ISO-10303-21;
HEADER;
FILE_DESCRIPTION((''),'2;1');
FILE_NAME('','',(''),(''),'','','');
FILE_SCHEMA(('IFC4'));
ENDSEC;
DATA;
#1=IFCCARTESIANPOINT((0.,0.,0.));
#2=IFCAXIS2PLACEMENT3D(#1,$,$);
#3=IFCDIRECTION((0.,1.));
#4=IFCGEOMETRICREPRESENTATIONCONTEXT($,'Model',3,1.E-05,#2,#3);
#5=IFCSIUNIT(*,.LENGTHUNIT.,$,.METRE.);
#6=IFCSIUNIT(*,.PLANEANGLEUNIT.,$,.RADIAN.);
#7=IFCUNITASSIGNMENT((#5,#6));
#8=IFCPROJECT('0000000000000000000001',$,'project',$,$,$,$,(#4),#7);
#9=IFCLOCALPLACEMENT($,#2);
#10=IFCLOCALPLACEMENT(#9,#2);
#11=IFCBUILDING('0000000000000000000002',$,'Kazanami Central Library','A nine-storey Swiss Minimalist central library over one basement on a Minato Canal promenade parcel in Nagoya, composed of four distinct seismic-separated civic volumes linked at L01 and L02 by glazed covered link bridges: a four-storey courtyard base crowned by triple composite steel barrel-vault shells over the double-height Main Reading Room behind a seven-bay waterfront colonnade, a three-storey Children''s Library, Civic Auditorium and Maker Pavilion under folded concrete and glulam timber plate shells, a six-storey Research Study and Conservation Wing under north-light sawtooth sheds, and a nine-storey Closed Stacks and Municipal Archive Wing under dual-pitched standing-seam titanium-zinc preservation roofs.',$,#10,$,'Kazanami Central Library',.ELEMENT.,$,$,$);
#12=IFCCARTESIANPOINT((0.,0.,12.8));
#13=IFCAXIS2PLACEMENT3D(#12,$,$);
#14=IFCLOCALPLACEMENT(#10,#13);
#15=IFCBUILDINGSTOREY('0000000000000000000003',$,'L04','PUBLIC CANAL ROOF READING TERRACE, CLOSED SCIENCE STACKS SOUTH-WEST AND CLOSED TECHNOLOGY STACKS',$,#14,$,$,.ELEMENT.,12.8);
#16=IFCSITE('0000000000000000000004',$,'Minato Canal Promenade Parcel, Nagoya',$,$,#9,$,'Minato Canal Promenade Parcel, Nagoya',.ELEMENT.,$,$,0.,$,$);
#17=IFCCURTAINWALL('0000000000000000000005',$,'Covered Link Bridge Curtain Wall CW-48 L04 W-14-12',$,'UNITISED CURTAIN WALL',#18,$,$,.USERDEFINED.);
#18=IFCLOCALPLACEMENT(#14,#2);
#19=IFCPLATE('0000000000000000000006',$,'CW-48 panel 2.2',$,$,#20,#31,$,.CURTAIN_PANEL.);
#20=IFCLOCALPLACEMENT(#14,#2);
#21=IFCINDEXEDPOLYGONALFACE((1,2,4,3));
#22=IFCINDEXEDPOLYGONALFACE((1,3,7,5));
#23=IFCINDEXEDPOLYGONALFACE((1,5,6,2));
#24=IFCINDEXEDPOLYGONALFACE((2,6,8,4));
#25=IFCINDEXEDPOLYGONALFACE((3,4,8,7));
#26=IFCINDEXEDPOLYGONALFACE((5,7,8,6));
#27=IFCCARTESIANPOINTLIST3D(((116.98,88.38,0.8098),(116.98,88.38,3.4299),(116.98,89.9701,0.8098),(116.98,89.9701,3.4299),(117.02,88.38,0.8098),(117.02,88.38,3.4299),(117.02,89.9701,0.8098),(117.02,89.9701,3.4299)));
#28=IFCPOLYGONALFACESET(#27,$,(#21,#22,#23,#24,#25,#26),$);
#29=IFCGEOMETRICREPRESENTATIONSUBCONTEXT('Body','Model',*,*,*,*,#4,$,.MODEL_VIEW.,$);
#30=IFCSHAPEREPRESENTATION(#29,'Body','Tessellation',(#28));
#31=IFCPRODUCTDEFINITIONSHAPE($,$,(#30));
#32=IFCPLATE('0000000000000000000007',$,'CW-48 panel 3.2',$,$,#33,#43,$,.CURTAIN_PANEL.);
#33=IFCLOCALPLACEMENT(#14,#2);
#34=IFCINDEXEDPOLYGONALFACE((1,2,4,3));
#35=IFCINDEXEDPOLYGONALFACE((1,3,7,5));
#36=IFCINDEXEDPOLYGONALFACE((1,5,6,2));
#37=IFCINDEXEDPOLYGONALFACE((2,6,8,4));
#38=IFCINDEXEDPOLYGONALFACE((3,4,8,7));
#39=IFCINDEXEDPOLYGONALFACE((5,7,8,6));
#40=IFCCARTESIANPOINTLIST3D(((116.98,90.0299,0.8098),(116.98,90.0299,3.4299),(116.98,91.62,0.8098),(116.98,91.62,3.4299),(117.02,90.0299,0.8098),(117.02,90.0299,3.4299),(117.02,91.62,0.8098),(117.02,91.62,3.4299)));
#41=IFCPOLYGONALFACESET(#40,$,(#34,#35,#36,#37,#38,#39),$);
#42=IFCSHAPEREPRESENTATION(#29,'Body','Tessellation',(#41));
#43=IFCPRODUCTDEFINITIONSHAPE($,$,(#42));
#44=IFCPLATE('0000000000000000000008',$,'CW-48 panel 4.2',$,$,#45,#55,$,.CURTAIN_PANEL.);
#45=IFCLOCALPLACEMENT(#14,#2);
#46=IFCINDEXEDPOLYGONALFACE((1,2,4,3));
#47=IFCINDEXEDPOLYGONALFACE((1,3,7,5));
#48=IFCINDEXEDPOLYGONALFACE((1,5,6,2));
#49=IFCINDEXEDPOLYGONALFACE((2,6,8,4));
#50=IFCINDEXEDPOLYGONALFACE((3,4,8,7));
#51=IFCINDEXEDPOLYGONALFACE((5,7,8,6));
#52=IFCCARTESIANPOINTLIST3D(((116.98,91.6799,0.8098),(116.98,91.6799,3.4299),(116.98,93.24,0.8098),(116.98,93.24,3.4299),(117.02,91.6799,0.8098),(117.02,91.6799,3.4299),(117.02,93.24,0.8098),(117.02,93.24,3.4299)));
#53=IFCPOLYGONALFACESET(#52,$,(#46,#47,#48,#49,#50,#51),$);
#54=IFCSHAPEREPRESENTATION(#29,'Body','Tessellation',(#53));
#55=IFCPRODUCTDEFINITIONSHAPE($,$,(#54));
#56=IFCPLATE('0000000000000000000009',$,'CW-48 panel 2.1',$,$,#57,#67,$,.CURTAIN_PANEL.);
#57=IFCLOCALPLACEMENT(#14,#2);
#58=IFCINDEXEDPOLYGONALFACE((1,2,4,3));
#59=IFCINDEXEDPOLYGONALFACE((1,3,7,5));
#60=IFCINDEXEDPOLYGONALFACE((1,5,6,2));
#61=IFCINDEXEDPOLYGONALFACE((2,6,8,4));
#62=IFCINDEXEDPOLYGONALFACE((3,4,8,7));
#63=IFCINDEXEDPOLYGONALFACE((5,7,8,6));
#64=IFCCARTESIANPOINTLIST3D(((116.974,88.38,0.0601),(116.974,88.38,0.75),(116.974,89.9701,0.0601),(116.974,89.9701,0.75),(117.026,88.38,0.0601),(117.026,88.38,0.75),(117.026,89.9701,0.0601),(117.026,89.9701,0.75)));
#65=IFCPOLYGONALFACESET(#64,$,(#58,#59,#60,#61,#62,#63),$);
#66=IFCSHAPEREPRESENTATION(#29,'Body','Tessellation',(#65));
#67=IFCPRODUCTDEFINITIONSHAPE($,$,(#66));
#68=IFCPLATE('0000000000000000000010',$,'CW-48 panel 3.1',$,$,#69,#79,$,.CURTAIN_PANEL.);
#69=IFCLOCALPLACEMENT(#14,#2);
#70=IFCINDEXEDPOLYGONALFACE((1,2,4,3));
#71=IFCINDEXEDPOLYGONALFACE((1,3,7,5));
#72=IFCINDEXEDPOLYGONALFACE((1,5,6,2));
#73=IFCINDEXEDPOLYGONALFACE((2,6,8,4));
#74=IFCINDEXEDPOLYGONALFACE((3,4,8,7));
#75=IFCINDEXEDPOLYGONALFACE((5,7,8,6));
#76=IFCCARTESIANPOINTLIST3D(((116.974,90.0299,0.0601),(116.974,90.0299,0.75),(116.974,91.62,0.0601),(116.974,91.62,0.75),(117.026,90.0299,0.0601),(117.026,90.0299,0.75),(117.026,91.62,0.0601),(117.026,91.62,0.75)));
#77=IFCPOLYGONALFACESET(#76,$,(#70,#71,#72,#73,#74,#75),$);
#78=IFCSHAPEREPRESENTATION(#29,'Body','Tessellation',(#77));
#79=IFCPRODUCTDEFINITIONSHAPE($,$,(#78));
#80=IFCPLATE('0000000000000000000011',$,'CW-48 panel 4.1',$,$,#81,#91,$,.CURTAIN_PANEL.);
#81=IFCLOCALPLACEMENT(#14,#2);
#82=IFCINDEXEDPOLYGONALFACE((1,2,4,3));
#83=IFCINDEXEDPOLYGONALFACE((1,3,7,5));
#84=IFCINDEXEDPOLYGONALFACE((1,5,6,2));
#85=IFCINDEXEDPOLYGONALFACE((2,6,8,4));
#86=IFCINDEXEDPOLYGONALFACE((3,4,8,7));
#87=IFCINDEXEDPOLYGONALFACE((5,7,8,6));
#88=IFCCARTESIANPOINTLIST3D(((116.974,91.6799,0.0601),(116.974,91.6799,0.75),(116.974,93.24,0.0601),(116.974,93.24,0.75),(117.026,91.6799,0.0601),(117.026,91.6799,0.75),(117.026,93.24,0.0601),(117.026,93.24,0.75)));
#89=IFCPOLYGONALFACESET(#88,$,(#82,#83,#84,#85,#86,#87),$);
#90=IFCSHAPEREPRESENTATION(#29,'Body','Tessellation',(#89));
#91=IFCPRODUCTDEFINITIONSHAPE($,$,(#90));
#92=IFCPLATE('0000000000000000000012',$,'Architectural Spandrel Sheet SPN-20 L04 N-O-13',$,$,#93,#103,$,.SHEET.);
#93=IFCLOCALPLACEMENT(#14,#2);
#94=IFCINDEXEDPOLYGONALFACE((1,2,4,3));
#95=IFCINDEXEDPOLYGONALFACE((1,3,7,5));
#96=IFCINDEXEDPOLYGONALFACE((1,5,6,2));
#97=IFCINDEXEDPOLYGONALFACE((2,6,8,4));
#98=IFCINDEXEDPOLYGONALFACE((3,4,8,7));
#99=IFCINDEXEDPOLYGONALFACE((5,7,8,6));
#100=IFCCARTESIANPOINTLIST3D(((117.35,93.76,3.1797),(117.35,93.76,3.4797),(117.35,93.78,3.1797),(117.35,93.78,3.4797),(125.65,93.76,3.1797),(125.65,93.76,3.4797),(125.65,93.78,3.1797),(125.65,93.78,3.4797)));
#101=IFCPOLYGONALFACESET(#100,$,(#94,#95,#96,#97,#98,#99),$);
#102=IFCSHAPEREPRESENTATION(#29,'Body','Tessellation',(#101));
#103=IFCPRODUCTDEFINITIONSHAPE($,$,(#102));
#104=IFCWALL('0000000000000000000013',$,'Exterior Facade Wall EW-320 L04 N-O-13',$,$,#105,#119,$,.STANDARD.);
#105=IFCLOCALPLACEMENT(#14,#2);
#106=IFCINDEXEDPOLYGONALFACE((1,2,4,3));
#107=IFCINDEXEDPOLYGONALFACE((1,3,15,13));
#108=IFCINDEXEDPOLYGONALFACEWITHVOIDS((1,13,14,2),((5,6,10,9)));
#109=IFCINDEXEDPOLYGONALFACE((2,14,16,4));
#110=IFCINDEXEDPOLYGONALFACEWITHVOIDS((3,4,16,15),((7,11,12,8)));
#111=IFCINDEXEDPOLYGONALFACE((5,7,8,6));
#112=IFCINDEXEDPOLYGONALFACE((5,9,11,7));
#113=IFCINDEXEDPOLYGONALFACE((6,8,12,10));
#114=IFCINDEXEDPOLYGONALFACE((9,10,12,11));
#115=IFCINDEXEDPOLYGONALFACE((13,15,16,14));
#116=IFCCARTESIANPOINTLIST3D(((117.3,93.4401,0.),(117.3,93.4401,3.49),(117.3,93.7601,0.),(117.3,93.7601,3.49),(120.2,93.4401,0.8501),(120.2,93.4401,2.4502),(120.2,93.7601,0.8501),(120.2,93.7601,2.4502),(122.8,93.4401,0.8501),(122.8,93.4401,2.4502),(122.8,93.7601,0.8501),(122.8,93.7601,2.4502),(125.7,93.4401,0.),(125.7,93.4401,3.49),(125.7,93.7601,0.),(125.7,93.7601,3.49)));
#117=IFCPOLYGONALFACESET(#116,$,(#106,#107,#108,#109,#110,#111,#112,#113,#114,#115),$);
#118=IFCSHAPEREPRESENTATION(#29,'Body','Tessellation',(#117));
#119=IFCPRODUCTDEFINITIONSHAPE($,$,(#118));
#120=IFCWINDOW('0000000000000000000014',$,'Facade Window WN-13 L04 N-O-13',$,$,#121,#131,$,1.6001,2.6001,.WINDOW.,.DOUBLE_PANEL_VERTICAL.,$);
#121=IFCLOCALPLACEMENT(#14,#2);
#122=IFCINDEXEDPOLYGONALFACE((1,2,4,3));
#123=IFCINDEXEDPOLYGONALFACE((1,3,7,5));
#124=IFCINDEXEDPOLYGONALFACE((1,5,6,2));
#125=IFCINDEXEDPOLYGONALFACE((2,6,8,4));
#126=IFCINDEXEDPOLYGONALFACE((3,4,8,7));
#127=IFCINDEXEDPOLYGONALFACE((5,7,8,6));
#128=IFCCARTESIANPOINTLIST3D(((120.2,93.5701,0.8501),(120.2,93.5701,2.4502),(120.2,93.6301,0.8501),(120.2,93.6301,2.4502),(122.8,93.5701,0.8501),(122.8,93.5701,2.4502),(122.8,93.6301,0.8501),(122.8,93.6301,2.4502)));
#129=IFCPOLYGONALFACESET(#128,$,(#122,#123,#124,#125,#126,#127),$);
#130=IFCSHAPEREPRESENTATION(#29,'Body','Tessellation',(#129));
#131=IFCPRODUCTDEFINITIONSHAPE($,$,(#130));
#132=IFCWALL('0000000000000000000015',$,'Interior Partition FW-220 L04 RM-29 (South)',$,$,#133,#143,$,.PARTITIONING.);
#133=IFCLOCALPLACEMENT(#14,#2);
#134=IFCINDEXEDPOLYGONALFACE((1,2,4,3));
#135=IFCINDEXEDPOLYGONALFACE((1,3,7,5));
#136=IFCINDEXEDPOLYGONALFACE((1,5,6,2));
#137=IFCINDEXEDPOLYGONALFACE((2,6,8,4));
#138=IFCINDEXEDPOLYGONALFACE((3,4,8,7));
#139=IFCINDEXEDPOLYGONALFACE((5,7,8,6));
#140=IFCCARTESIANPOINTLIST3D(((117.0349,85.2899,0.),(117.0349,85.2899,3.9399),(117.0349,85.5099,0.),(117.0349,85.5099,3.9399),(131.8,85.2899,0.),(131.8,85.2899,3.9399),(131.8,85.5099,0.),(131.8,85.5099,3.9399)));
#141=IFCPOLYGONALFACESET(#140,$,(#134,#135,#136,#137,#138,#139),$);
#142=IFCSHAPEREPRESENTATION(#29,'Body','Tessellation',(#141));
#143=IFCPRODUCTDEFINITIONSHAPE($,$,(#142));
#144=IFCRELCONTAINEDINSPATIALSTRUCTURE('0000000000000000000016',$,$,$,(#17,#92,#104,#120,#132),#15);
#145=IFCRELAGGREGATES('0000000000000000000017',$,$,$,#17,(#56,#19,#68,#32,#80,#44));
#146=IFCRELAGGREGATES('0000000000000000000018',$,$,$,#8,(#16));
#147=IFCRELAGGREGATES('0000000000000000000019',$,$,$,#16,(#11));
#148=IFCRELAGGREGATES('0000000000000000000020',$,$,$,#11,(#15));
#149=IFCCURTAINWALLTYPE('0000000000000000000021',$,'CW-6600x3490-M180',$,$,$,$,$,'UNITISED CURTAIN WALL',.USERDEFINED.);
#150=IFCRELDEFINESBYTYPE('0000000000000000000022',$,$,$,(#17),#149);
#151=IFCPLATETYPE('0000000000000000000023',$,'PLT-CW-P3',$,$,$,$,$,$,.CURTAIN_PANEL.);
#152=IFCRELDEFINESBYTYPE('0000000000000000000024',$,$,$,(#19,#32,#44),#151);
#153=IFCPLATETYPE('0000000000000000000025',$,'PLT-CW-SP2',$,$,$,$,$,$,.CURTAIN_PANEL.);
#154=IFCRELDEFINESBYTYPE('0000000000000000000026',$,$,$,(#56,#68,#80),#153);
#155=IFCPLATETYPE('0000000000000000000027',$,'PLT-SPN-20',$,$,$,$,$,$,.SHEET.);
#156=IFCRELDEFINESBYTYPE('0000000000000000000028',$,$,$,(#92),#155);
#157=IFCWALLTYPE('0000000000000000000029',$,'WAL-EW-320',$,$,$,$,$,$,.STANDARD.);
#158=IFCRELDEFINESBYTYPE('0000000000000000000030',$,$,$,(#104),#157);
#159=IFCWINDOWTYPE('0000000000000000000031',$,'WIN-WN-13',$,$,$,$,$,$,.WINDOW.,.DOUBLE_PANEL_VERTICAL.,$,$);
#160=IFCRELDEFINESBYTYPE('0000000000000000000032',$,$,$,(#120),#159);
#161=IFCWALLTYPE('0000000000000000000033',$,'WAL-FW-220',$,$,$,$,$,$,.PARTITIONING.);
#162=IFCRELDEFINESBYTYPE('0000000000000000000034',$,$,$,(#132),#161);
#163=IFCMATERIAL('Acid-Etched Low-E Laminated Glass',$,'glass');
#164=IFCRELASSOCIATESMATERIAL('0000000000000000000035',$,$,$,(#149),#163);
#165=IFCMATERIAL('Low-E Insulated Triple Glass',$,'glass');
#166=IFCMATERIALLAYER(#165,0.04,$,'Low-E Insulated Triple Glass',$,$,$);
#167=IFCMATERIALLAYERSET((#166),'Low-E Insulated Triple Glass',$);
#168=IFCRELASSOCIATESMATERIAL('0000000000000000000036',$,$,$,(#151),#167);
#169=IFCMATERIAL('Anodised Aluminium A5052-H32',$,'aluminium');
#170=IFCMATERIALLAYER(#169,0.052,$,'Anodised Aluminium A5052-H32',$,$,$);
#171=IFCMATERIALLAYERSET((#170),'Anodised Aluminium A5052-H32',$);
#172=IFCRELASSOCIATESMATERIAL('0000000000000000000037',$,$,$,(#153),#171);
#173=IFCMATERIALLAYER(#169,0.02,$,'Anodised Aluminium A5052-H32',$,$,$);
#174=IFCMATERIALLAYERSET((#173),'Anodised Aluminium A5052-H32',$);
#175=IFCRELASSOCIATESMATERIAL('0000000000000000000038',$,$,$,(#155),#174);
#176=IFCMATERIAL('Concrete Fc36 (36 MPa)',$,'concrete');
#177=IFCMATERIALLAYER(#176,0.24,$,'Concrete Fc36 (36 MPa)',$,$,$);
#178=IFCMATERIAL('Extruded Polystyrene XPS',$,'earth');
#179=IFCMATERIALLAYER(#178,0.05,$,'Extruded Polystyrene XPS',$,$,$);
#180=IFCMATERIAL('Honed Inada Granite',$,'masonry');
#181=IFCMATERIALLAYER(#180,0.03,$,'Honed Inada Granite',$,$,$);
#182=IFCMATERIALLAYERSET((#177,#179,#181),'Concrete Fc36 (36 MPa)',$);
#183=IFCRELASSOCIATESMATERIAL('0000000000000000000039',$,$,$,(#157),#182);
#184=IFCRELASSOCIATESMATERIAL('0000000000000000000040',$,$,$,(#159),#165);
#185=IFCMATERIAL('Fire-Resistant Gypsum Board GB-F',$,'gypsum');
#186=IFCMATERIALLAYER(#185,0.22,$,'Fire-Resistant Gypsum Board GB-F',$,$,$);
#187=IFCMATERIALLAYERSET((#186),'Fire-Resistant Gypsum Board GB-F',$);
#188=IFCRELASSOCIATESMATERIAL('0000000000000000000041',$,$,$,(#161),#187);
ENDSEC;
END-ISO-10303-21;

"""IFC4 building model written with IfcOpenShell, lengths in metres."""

from ifc_helpers import new_model, si_unit, direction, frame, frame_2d, origin, origin_2d, place, context, subcontext, project, spatial, rectangle, extrude, material, layer, layer_set, type_object, element, fill, aggregate, save


model = new_model("IFC4")

# Units and contexts
model_context = context("Model", 3, precision=1e-05, world=origin(), true_north=direction((0.0, 1.0)))
body_context = subcontext(model_context, "Body", "Model", "MODEL_VIEW")
ifc_project = project(units=[si_unit("LENGTHUNIT", "METRE"), si_unit("PLANEANGLEUNIT", "RADIAN")], contexts=[model_context])

# Site, building, storey
site_placement = place(None, origin())
site = spatial("IfcSite", under=ifc_project, at=site_placement, Name="Minato Canal Promenade Parcel, Nagoya", LongName="Minato Canal Promenade Parcel, Nagoya", CompositionType="ELEMENT", RefElevation=0.0)
building_placement = place(site_placement, origin())
building = spatial("IfcBuilding", under=site, at=building_placement, Name="Kazanami Central Library", Description="A nine-storey Swiss Minimalist central library over one basement on a Minato Canal promenade parcel in Nagoya, composed of four distinct seismic-separated civic volumes linked at L01 and L02 by glazed covered link bridges: a four-storey courtyard base crowned by triple composite steel barrel-vault shells over the double-height Main Reading Room behind a seven-bay waterfront colonnade, a three-storey Children's Library, Civic Auditorium and Maker Pavilion under folded concrete and glulam timber plate shells, a six-storey Research Study and Conservation Wing under north-light sawtooth sheds, and a nine-storey Closed Stacks and Municipal Archive Wing under dual-pitched standing-seam titanium-zinc preservation roofs.", LongName="Kazanami Central Library", CompositionType="ELEMENT")
storey_placement = place(building_placement, frame((0.0, 0.0, 12.8)))
storey = spatial("IfcBuildingStorey", under=building, at=storey_placement, Name="L04", Description="PUBLIC CANAL ROOF READING TERRACE, CLOSED SCIENCE STACKS SOUTH-WEST AND CLOSED TECHNOLOGY STACKS", CompositionType="ELEMENT", Elevation=12.8)

# Curtain wall, plates
ifc_material_1 = material(Name="Acid-Etched Low-E Laminated Glass", Category="glass")
curtain_wall_type = type_object("IfcCurtainWallType", Name="CW-6600x3490-M180", ElementType="UNITISED CURTAIN WALL", PredefinedType="USERDEFINED", material=ifc_material_1)
curtain_wall_placement = place(storey_placement, origin())
curtain_wall = element("IfcCurtainWall", 1, at=curtain_wall_placement, inside=storey, type_object=curtain_wall_type, Name="Covered Link Bridge Curtain Wall CW-48 L04 W-14-12", ObjectType="UNITISED CURTAIN WALL", PredefinedType="USERDEFINED")
ifc_material_2 = material(Name="Low-E Insulated Triple Glass", Category="glass")
ifc_layer_1 = layer(ifc_material_2, 0.04, Name="Low-E Insulated Triple Glass")
ifc_layer_set_1 = layer_set([ifc_layer_1], Name="Low-E Insulated Triple Glass")
plate_type_1 = type_object("IfcPlateType", Name="PLT-CW-P3", PredefinedType="CURTAIN_PANEL", material=ifc_layer_set_1)
plate_1_placement = place(storey_placement, frame((117.0, 89.175, 0.8098), z_axis=(0.0, 0.0, 1.0), x_axis=(0.0, 1.0, 0.0)))
plate_1 = element("IfcPlate", 2, at=plate_1_placement, type_object=plate_type_1, Name="CW-48 panel 2.2", PredefinedType="CURTAIN_PANEL", context=body_context, shape_type="SweptSolid", body=[
    extrude(rectangle(XDim=1.5901, YDim=0.04, at=origin_2d()), origin(), (0.0, 0.0, 1.0), 2.6201),
])
plate_2_placement = place(storey_placement, frame((117.0, 90.825, 0.8098), z_axis=(0.0, 0.0, 1.0), x_axis=(0.0, 1.0, 0.0)))
plate_2 = element("IfcPlate", 3, at=plate_2_placement, type_object=plate_type_1, Name="CW-48 panel 3.2", PredefinedType="CURTAIN_PANEL", context=body_context, shape_type="SweptSolid", body=[
    extrude(rectangle(XDim=1.5901, YDim=0.04, at=origin_2d()), origin(), (0.0, 0.0, 1.0), 2.6201),
])
plate_3_placement = place(storey_placement, frame((117.0, 92.46, 0.8098), z_axis=(0.0, 0.0, 1.0), x_axis=(0.0, 1.0, 0.0)))
plate_3 = element("IfcPlate", 4, at=plate_3_placement, type_object=plate_type_1, Name="CW-48 panel 4.2", PredefinedType="CURTAIN_PANEL", context=body_context, shape_type="SweptSolid", body=[
    extrude(rectangle(XDim=1.5601, YDim=0.04, at=origin_2d()), origin(), (0.0, 0.0, 1.0), 2.6201),
])
ifc_material_3 = material(Name="Anodised Aluminium A5052-H32", Category="aluminium")
ifc_layer_2 = layer(ifc_material_3, 0.052, Name="Anodised Aluminium A5052-H32")
ifc_layer_set_2 = layer_set([ifc_layer_2], Name="Anodised Aluminium A5052-H32")
plate_type_2 = type_object("IfcPlateType", Name="PLT-CW-SP2", PredefinedType="CURTAIN_PANEL", material=ifc_layer_set_2)
plate_4_placement = place(storey_placement, frame((117.0, 89.175, 0.0601), z_axis=(0.0, 0.0, 1.0), x_axis=(0.0, 1.0, 0.0)))
plate_4 = element("IfcPlate", 5, at=plate_4_placement, type_object=plate_type_2, Name="CW-48 panel 2.1", PredefinedType="CURTAIN_PANEL", context=body_context, shape_type="SweptSolid", body=[
    extrude(rectangle(XDim=1.5901, YDim=0.052, at=origin_2d()), origin(), (0.0, 0.0, 1.0), 0.6899),
])
plate_5_placement = place(storey_placement, frame((117.0, 90.825, 0.0601), z_axis=(0.0, 0.0, 1.0), x_axis=(0.0, 1.0, 0.0)))
plate_5 = element("IfcPlate", 6, at=plate_5_placement, type_object=plate_type_2, Name="CW-48 panel 3.1", PredefinedType="CURTAIN_PANEL", context=body_context, shape_type="SweptSolid", body=[
    extrude(rectangle(XDim=1.5901, YDim=0.052, at=origin_2d()), origin(), (0.0, 0.0, 1.0), 0.6899),
])
plate_6_placement = place(storey_placement, frame((117.0, 92.46, 0.0601), z_axis=(0.0, 0.0, 1.0), x_axis=(0.0, 1.0, 0.0)))
plate_6 = element("IfcPlate", 7, at=plate_6_placement, type_object=plate_type_2, Name="CW-48 panel 4.1", PredefinedType="CURTAIN_PANEL", context=body_context, shape_type="SweptSolid", body=[
    extrude(rectangle(XDim=1.5601, YDim=0.052, at=origin_2d()), origin(), (0.0, 0.0, 1.0), 0.6899),
])
aggregate(curtain_wall, [plate_4, plate_1, plate_5, plate_2, plate_6, plate_3])

# Plate
ifc_layer_3 = layer(ifc_material_3, 0.02, Name="Anodised Aluminium A5052-H32")
ifc_layer_set_3 = layer_set([ifc_layer_3], Name="Anodised Aluminium A5052-H32")
plate_type_3 = type_object("IfcPlateType", Name="PLT-SPN-20", PredefinedType="SHEET", material=ifc_layer_set_3)
plate_7_placement = place(storey_placement, frame((121.5, 93.77, 3.1797), z_axis=(0.0, 0.0, 1.0), x_axis=(-1.0, 0.0, 0.0)))
element("IfcPlate", 8, at=plate_7_placement, inside=storey, type_object=plate_type_3, Name="Architectural Spandrel Sheet SPN-20 L04 N-O-13", PredefinedType="SHEET", context=body_context, shape_type="SweptSolid", body=[
    extrude(rectangle(XDim=8.3, YDim=0.02, at=origin_2d()), origin(), (0.0, 0.0, 1.0), 0.3),
])

# Wall, opening, window
ifc_material_4 = material(Name="Concrete Fc36 (36 MPa)", Category="concrete")
ifc_layer_4 = layer(ifc_material_4, 0.24, Name="Concrete Fc36 (36 MPa)")
ifc_material_5 = material(Name="Extruded Polystyrene XPS", Category="earth")
ifc_layer_5 = layer(ifc_material_5, 0.05, Name="Extruded Polystyrene XPS")
ifc_material_6 = material(Name="Honed Inada Granite", Category="masonry")
ifc_layer_6 = layer(ifc_material_6, 0.03, Name="Honed Inada Granite")
ifc_layer_set_4 = layer_set([ifc_layer_4, ifc_layer_5, ifc_layer_6], Name="Concrete Fc36 (36 MPa)")
wall_type_1 = type_object("IfcWallType", Name="WAL-EW-320", PredefinedType="STANDARD", material=ifc_layer_set_4)
wall_1_placement = place(storey_placement, frame((125.7, 93.6001, 0.0), z_axis=(0.0, 0.0, 1.0), x_axis=(-1.0, 0.0, 0.0)))
wall_1 = element("IfcWall", 9, at=wall_1_placement, inside=storey, type_object=wall_type_1, Name="Exterior Facade Wall EW-320 L04 N-O-13", PredefinedType="STANDARD", context=body_context, shape_type="SweptSolid", body=[
    extrude(rectangle(XDim=8.3999, YDim=0.3201, at=frame_2d((4.2, 0.0))), origin(), (0.0, 0.0, 1.0), 3.49),
])
opening_placement = place(wall_1_placement, frame((2.8999, 0.0, 0.8501)))
opening = element("IfcOpeningElement", 10, at=opening_placement, cuts=wall_1, PredefinedType="OPENING", context=body_context, shape_type="SweptSolid", body=[
    extrude(rectangle(XDim=2.6001, YDim=1.6001, at=frame_2d((1.3, 0.8))), frame((0.0, 0.1719, 0.0), z_axis=(0.0, -1.0, 0.0), x_axis=(1.0, 0.0, 0.0)), (0.0, 0.0, 1.0), 0.344),
])
window_type = type_object("IfcWindowType", Name="WIN-WN-13", PartitioningType="DOUBLE_PANEL_VERTICAL", PredefinedType="WINDOW", material=ifc_material_2)
window_placement = place(opening_placement, origin())
window = element("IfcWindow", 11, at=window_placement, inside=storey, type_object=window_type, Name="Facade Window WN-13 L04 N-O-13", OverallHeight=1.6001, OverallWidth=2.6001, PartitioningType="DOUBLE_PANEL_VERTICAL", PredefinedType="WINDOW", context=body_context, shape_type="SweptSolid", body=[
    extrude(rectangle(XDim=2.6001, YDim=1.6001, at=frame_2d((1.3, 0.8))), frame((0.0, 0.03, 0.0), z_axis=(0.0, -1.0, 0.0), x_axis=(1.0, 0.0, 0.0)), (0.0, 0.0, 1.0), 0.0601),
])
fill(opening, window)

# Wall
ifc_material_7 = material(Name="Fire-Resistant Gypsum Board GB-F", Category="gypsum")
ifc_layer_7 = layer(ifc_material_7, 0.22, Name="Fire-Resistant Gypsum Board GB-F")
ifc_layer_set_5 = layer_set([ifc_layer_7], Name="Fire-Resistant Gypsum Board GB-F")
wall_type_2 = type_object("IfcWallType", Name="WAL-FW-220", PredefinedType="PARTITIONING", material=ifc_layer_set_5)
wall_2_placement = place(storey_placement, frame((117.0349, 85.3999, 0.0), z_axis=(0.0, 0.0, 1.0), x_axis=(1.0, 0.0, 0.0)))
element("IfcWall", 12, at=wall_2_placement, inside=storey, type_object=wall_type_2, Name="Interior Partition FW-220 L04 RM-29 (South)", PredefinedType="PARTITIONING", context=body_context, shape_type="SweptSolid", body=[
    extrude(rectangle(XDim=14.7651, YDim=0.22, at=frame_2d((7.3826, 0.0))), origin(), (0.0, 0.0, 1.0), 3.9399),
])

save(model, "model.ifc")
